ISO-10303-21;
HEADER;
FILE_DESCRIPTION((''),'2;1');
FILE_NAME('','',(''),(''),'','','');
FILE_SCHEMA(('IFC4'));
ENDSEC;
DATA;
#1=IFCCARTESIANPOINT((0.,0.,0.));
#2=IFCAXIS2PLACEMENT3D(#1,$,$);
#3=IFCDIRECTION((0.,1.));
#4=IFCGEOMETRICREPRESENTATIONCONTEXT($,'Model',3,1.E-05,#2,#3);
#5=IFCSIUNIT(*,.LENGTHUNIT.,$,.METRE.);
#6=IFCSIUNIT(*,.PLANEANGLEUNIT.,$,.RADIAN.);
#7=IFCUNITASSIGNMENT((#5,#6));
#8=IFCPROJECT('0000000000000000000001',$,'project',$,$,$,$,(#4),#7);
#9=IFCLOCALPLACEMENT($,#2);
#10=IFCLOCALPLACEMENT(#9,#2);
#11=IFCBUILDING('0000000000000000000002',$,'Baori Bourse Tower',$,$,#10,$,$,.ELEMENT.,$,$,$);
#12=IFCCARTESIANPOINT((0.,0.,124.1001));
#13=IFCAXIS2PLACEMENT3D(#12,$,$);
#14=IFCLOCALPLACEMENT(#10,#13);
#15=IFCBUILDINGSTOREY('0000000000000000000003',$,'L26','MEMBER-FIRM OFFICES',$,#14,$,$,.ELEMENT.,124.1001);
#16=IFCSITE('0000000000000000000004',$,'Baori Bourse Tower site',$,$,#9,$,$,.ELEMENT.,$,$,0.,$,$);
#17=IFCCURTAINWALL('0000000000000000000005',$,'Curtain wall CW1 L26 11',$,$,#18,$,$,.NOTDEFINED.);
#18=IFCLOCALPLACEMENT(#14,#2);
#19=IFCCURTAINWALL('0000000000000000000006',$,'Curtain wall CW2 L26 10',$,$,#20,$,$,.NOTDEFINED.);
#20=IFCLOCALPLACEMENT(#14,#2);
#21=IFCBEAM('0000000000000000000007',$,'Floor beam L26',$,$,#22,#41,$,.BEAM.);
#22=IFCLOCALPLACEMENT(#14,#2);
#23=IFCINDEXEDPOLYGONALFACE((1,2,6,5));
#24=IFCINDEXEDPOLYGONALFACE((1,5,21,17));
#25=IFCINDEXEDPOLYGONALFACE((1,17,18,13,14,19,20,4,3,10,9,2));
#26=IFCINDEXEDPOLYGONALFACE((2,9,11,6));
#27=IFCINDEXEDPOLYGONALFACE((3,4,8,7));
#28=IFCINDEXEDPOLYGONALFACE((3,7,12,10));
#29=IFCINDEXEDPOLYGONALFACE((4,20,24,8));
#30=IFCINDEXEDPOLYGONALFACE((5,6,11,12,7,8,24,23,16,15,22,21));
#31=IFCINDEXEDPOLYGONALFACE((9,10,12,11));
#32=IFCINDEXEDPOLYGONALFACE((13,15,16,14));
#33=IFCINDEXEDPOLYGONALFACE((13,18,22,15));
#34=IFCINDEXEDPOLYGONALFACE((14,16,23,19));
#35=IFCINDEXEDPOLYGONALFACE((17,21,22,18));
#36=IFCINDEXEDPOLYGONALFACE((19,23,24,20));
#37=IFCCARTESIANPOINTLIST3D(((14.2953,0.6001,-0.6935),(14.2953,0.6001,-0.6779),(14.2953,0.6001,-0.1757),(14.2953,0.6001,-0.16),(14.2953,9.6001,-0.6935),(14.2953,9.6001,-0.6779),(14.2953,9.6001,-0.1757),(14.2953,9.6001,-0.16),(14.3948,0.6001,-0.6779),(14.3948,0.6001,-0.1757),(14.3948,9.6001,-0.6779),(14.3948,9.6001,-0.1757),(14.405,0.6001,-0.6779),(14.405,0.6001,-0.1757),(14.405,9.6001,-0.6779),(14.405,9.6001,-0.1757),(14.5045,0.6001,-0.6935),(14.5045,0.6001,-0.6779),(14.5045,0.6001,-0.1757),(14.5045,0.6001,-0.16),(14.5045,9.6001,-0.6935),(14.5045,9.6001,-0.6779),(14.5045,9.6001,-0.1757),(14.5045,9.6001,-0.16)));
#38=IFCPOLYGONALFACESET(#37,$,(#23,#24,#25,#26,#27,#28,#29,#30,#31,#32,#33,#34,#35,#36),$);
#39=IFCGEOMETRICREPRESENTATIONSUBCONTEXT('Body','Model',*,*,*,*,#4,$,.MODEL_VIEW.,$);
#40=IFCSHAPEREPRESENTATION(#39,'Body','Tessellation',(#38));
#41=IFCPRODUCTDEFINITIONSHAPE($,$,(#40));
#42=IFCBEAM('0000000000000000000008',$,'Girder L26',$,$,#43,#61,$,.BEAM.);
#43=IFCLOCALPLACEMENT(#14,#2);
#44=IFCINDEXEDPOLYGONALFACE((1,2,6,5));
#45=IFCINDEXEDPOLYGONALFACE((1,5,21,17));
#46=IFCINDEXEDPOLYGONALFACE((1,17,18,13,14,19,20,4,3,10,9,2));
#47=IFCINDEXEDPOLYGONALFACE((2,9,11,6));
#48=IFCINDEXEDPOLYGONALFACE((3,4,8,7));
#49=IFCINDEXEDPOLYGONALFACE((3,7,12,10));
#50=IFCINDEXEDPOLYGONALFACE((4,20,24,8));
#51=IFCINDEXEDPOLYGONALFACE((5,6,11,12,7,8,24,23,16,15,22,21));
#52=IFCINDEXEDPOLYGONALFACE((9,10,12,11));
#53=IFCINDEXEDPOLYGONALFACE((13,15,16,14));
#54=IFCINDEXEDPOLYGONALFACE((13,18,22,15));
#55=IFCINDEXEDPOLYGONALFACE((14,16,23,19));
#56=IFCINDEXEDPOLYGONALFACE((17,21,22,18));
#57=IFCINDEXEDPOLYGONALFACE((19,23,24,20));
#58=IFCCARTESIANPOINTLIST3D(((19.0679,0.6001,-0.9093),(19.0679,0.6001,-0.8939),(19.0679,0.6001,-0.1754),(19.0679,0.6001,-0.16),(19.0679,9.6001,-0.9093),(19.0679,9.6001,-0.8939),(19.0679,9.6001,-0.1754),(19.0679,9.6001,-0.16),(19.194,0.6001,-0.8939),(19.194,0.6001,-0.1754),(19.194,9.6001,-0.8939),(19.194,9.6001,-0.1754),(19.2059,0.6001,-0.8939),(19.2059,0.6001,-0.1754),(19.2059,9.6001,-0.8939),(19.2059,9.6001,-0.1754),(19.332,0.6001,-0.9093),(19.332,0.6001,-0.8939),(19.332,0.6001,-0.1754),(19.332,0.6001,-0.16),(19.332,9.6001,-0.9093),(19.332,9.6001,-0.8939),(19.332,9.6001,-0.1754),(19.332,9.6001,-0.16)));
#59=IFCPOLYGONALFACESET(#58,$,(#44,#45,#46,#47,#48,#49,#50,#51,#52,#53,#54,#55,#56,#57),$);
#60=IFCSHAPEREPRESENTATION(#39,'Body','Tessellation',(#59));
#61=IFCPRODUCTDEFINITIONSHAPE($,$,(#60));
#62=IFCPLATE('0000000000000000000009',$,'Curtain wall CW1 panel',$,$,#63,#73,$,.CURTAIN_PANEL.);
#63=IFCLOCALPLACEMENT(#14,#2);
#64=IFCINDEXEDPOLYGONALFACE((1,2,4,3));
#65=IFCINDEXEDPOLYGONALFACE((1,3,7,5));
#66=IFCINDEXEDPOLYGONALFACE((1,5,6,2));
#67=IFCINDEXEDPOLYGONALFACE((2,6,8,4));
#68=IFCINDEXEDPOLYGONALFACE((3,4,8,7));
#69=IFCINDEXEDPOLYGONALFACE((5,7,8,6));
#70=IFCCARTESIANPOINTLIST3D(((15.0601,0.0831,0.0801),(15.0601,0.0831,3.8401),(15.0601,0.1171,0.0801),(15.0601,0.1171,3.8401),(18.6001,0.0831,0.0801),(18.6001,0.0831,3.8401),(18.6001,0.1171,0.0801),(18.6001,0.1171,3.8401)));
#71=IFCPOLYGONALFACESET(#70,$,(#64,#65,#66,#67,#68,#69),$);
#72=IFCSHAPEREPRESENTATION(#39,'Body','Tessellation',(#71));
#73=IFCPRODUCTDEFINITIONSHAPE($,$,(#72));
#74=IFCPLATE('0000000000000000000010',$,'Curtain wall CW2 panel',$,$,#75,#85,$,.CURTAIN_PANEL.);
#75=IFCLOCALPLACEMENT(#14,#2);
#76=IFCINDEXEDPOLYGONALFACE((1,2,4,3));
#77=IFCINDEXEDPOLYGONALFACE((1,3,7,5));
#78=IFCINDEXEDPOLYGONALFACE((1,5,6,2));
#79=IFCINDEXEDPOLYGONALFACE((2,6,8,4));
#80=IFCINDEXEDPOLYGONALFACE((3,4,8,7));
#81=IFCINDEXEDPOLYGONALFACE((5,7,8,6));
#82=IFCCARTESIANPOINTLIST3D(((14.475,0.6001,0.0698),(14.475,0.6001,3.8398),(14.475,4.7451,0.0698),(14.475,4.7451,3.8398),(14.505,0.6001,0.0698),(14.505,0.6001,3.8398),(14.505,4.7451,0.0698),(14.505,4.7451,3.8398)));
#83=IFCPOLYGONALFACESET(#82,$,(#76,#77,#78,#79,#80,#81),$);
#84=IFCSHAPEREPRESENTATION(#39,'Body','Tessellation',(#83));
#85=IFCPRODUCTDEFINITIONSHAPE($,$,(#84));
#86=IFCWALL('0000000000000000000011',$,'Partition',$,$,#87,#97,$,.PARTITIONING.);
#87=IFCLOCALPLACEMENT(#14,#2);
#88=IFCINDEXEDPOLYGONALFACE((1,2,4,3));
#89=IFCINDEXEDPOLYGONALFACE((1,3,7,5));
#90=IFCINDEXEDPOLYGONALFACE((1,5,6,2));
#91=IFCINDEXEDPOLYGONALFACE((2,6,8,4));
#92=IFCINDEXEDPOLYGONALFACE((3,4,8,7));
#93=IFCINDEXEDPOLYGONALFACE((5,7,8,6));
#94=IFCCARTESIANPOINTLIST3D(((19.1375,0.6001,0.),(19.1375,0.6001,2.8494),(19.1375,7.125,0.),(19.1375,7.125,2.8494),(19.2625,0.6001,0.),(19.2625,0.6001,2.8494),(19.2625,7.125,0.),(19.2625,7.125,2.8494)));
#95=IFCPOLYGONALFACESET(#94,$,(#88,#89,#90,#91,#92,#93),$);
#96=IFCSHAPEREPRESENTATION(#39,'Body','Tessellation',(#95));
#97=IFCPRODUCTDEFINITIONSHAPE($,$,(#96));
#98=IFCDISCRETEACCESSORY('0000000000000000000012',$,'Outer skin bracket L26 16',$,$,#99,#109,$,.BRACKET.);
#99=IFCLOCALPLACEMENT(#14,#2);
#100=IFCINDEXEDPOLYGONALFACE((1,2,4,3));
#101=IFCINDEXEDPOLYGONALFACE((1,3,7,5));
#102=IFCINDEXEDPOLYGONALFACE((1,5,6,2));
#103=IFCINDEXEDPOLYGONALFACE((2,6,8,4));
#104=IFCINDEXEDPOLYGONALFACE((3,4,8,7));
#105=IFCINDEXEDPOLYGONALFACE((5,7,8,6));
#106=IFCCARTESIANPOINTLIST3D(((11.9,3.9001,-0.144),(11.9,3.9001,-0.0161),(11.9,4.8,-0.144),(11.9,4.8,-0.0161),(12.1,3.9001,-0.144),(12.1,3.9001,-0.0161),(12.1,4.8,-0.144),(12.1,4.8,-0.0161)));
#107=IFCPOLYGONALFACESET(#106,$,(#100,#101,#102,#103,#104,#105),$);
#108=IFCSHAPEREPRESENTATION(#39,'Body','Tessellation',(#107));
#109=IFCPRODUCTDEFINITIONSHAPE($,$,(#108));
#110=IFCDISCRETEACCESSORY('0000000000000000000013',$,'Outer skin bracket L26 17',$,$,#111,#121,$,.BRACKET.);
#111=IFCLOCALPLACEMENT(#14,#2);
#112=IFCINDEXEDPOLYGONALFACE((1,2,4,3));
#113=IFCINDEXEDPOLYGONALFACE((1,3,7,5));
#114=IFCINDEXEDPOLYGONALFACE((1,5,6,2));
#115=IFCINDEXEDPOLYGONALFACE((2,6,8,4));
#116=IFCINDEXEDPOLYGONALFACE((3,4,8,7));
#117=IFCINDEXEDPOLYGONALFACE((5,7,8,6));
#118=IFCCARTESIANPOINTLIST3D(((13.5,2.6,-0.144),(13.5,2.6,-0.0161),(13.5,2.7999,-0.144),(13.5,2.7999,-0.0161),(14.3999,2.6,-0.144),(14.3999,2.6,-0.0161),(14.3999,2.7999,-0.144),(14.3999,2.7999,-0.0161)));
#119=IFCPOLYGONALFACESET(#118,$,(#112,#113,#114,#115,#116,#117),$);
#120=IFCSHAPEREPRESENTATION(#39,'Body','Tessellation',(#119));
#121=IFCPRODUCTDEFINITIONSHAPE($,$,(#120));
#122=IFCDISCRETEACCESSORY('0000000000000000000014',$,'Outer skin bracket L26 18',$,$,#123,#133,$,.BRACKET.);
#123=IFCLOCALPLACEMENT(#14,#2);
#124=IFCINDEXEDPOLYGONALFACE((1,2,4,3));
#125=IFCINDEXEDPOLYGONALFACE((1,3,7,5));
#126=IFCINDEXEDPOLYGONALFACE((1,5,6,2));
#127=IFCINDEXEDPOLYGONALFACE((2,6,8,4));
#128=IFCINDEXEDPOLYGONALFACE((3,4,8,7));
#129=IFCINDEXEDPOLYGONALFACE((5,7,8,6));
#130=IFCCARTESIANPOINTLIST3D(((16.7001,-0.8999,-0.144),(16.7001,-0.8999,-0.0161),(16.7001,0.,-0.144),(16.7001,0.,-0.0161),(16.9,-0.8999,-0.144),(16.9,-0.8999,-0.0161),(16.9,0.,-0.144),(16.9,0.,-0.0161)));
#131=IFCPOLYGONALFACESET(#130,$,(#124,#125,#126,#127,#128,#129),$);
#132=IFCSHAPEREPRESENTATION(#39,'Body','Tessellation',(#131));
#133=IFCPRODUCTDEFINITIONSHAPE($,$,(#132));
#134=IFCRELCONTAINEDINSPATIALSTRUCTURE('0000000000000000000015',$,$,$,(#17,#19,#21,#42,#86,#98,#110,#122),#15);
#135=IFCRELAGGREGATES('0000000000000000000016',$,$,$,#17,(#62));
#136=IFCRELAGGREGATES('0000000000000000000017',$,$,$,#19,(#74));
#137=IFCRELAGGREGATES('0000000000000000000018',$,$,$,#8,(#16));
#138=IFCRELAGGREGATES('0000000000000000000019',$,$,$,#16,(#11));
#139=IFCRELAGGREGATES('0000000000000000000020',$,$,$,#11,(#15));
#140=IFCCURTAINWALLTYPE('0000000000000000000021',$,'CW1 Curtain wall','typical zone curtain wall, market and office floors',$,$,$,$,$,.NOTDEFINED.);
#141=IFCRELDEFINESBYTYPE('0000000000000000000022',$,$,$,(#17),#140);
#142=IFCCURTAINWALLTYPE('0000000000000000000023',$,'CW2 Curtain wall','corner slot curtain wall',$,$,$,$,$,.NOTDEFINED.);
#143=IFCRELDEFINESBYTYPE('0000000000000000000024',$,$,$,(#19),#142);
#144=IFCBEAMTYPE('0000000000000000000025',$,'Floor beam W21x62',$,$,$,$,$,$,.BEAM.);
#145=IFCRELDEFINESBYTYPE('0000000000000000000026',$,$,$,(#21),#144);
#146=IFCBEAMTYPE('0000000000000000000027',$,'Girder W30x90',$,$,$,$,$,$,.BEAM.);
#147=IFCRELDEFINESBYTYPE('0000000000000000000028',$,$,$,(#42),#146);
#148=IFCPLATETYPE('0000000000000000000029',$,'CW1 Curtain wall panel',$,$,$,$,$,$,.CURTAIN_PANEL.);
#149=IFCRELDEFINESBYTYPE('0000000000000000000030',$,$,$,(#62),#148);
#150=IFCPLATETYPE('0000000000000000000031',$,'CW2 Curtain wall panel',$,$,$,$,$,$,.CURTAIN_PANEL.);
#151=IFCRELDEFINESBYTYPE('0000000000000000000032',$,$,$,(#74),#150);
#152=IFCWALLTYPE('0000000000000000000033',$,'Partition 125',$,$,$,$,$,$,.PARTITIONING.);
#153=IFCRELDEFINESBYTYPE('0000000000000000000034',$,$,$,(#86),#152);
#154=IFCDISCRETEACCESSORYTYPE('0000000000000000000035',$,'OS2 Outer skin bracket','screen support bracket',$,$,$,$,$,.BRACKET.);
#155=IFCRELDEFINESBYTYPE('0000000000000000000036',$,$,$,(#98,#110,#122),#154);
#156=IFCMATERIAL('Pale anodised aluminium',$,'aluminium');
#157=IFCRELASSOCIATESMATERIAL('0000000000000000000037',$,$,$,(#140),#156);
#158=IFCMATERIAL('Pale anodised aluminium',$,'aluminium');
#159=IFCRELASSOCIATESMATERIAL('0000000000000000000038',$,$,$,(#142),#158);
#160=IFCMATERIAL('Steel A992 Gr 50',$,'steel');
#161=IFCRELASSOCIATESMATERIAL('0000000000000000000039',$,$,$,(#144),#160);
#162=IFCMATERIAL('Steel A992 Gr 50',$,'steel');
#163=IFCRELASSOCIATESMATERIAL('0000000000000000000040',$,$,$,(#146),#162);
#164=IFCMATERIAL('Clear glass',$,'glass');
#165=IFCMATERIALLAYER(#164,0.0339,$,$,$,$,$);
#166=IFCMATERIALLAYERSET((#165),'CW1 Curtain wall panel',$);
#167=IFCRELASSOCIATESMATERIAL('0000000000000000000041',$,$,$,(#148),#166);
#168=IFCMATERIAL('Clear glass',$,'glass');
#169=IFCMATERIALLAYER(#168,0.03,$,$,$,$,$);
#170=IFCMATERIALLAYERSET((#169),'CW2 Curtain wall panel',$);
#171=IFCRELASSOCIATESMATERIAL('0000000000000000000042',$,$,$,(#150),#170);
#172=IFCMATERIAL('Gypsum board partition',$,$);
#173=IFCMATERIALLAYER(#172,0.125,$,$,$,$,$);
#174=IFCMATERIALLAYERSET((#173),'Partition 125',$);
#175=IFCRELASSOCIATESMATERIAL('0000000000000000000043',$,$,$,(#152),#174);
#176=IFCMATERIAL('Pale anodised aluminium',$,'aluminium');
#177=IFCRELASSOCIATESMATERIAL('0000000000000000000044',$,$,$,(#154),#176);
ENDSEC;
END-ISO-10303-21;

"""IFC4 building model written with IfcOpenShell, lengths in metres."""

from ifc_helpers import new_model, si_unit, direction, frame, frame_2d, origin, origin_2d, place, context, subcontext, project, spatial, rectangle, i_section, extrude, material, layer, layer_set, material_profile, profile_set, type_object, element, aggregate, save


model = new_model("IFC4")

# Units and contexts
model_context = context("Model", 3, precision=1e-05, world=origin(), true_north=direction((0.0, 1.0)))
body_context = subcontext(model_context, "Body", "Model", "MODEL_VIEW")
ifc_project = project(units=[si_unit("LENGTHUNIT", "METRE"), si_unit("PLANEANGLEUNIT", "RADIAN")], contexts=[model_context])

# Site, building, storey
site_placement = place(None, origin())
site = spatial("IfcSite", under=ifc_project, at=site_placement, Name="Baori Bourse Tower site", CompositionType="ELEMENT", RefElevation=0.0)
building_placement = place(site_placement, origin())
building = spatial("IfcBuilding", under=site, at=building_placement, Name="Baori Bourse Tower", CompositionType="ELEMENT")
storey_placement = place(building_placement, frame((0.0, 0.0, 124.1001)))
storey = spatial("IfcBuildingStorey", under=building, at=storey_placement, Name="L26", Description="MEMBER-FIRM OFFICES", CompositionType="ELEMENT", Elevation=124.1001)

# Curtain walls
ifc_material_1 = material(Name="Pale anodised aluminium", Category="aluminium")
curtain_wall_type_1 = type_object("IfcCurtainWallType", Name="CW1 Curtain wall", Description="typical zone curtain wall, market and office floors", PredefinedType="NOTDEFINED", material=ifc_material_1)
curtain_wall_1_placement = place(storey_placement, origin())
curtain_wall_1 = element("IfcCurtainWall", 1, at=curtain_wall_1_placement, inside=storey, type_object=curtain_wall_type_1, Name="Curtain wall CW1 L26 11", PredefinedType="NOTDEFINED")
ifc_material_2 = material(Name="Pale anodised aluminium", Category="aluminium")
curtain_wall_type_2 = type_object("IfcCurtainWallType", Name="CW2 Curtain wall", Description="corner slot curtain wall", PredefinedType="NOTDEFINED", material=ifc_material_2)
curtain_wall_2_placement = place(storey_placement, origin())
curtain_wall_2 = element("IfcCurtainWall", 2, at=curtain_wall_2_placement, inside=storey, type_object=curtain_wall_type_2, Name="Curtain wall CW2 L26 10", PredefinedType="NOTDEFINED")

# Beams
ifc_material_3 = material(Name="Steel A992 Gr 50", Category="steel")
ifc_material_profile_1 = material_profile(ifc_material_3, i_section(OverallWidth=0.2092, OverallDepth=0.5334, WebThickness=0.0103, FlangeThickness=0.0156, at=origin_2d()), Name="W21x62")
ifc_profile_set_1 = profile_set([ifc_material_profile_1], Name="Steel A992 Gr 50")
beam_type_1 = type_object("IfcBeamType", Name="Floor beam W21x62", PredefinedType="BEAM", material=ifc_profile_set_1)
beam_1_placement = place(storey_placement, frame((14.3999, 0.6001, -0.4268), z_axis=(0.0, 1.0, 0.0), x_axis=(-1.0, 0.0, 0.0)))
element("IfcBeam", 3, at=beam_1_placement, inside=storey, type_object=beam_type_1, Name="Floor beam L26", PredefinedType="BEAM", context=body_context, shape_type="SweptSolid", body=[
    extrude(i_section(OverallWidth=0.2092, OverallDepth=0.5334, WebThickness=0.0103, FlangeThickness=0.0156, at=origin_2d()), origin(), (0.0, 0.0, 1.0), 9.0),
])
ifc_material_4 = material(Name="Steel A992 Gr 50", Category="steel")
ifc_material_profile_2 = material_profile(ifc_material_4, i_section(OverallWidth=0.2642, OverallDepth=0.7493, WebThickness=0.012, FlangeThickness=0.0154, at=origin_2d()), Name="W30x90")
ifc_profile_set_2 = profile_set([ifc_material_profile_2], Name="Steel A992 Gr 50")
beam_type_2 = type_object("IfcBeamType", Name="Girder W30x90", PredefinedType="BEAM", material=ifc_profile_set_2)
beam_2_placement = place(storey_placement, frame((19.2, 0.6001, -0.5347), z_axis=(0.0, 1.0, 0.0), x_axis=(-1.0, 0.0, 0.0)))
element("IfcBeam", 4, at=beam_2_placement, inside=storey, type_object=beam_type_2, Name="Girder L26", PredefinedType="BEAM", context=body_context, shape_type="SweptSolid", body=[
    extrude(i_section(OverallWidth=0.2642, OverallDepth=0.7493, WebThickness=0.012, FlangeThickness=0.0154, at=origin_2d()), origin(), (0.0, 0.0, 1.0), 9.0),
])

# Plates
ifc_material_5 = material(Name="Clear glass", Category="glass")
ifc_layer_1 = layer(ifc_material_5, 0.0339)
ifc_layer_set_1 = layer_set([ifc_layer_1], Name="CW1 Curtain wall panel")
plate_type_1 = type_object("IfcPlateType", Name="CW1 Curtain wall panel", PredefinedType="CURTAIN_PANEL", material=ifc_layer_set_1)
plate_1_placement = place(storey_placement, frame((16.8301, 0.1001, 0.0801), z_axis=(0.0, 0.0, 1.0), x_axis=(1.0, 0.0, 0.0)))
plate_1 = element("IfcPlate", 5, at=plate_1_placement, type_object=plate_type_1, Name="Curtain wall CW1 panel", PredefinedType="CURTAIN_PANEL", context=body_context, shape_type="SweptSolid", body=[
    extrude(rectangle(XDim=3.54, YDim=0.0339, at=origin_2d()), origin(), (0.0, 0.0, 1.0), 3.76),
])
aggregate(curtain_wall_1, [plate_1])
ifc_material_6 = material(Name="Clear glass", Category="glass")
ifc_layer_2 = layer(ifc_material_6, 0.03)
ifc_layer_set_2 = layer_set([ifc_layer_2], Name="CW2 Curtain wall panel")
plate_type_2 = type_object("IfcPlateType", Name="CW2 Curtain wall panel", PredefinedType="CURTAIN_PANEL", material=ifc_layer_set_2)
plate_2_placement = place(storey_placement, frame((14.49, 2.6726, 0.0698), z_axis=(0.0, 0.0, 1.0), x_axis=(0.0, -1.0, 0.0)))
plate_2 = element("IfcPlate", 6, at=plate_2_placement, type_object=plate_type_2, Name="Curtain wall CW2 panel", PredefinedType="CURTAIN_PANEL", context=body_context, shape_type="SweptSolid", body=[
    extrude(rectangle(XDim=4.145, YDim=0.03, at=origin_2d()), origin(), (0.0, 0.0, 1.0), 3.77),
])
aggregate(curtain_wall_2, [plate_2])

# Wall
ifc_material_7 = material(Name="Gypsum board partition")
ifc_layer_3 = layer(ifc_material_7, 0.125)
ifc_layer_set_3 = layer_set([ifc_layer_3], Name="Partition 125")
wall_type = type_object("IfcWallType", Name="Partition 125", PredefinedType="PARTITIONING", material=ifc_layer_set_3)
wall_placement = place(storey_placement, frame((19.2, 0.6001, 0.0), z_axis=(0.0, 0.0, 1.0), x_axis=(0.0, 1.0, 0.0)))
element("IfcWall", 7, at=wall_placement, inside=storey, type_object=wall_type, Name="Partition", PredefinedType="PARTITIONING", context=body_context, shape_type="SweptSolid", body=[
    extrude(rectangle(XDim=6.5249, YDim=0.125, at=frame_2d((3.2625, 0.0))), origin(), (0.0, 0.0, 1.0), 2.8494),
])

# Discrete accessories
ifc_material_8 = material(Name="Pale anodised aluminium", Category="aluminium")
discrete_accessory_type = type_object("IfcDiscreteAccessoryType", Name="OS2 Outer skin bracket", Description="screen support bracket", PredefinedType="BRACKET", material=ifc_material_8)
for number, where, z_axis, x_axis, name in (
    (8, (12.0, 4.3501, -0.144), (0.0, 0.0, 1.0), (1.0, 0.0, 0.0), "Outer skin bracket L26 16"),
    (9, (13.95, 2.7, -0.144), (0.0, 0.0, 1.0), (0.0, -1.0, 0.0), "Outer skin bracket L26 17"),
    (10, (16.8, -0.45, -0.144), (0.0, 0.0, 1.0), (1.0, 0.0, 0.0), "Outer skin bracket L26 18"),
):
    element("IfcDiscreteAccessory", number, at=place(storey_placement, frame(where, z_axis=z_axis, x_axis=x_axis)), inside=storey, type_object=discrete_accessory_type, Name=name, PredefinedType="BRACKET", context=body_context, shape_type="SweptSolid", body=[
        extrude(rectangle(XDim=0.2, YDim=0.8999, at=origin_2d()), origin(), (0.0, 0.0, 1.0), 0.1279),
    ])

save(model, "model.ifc")
